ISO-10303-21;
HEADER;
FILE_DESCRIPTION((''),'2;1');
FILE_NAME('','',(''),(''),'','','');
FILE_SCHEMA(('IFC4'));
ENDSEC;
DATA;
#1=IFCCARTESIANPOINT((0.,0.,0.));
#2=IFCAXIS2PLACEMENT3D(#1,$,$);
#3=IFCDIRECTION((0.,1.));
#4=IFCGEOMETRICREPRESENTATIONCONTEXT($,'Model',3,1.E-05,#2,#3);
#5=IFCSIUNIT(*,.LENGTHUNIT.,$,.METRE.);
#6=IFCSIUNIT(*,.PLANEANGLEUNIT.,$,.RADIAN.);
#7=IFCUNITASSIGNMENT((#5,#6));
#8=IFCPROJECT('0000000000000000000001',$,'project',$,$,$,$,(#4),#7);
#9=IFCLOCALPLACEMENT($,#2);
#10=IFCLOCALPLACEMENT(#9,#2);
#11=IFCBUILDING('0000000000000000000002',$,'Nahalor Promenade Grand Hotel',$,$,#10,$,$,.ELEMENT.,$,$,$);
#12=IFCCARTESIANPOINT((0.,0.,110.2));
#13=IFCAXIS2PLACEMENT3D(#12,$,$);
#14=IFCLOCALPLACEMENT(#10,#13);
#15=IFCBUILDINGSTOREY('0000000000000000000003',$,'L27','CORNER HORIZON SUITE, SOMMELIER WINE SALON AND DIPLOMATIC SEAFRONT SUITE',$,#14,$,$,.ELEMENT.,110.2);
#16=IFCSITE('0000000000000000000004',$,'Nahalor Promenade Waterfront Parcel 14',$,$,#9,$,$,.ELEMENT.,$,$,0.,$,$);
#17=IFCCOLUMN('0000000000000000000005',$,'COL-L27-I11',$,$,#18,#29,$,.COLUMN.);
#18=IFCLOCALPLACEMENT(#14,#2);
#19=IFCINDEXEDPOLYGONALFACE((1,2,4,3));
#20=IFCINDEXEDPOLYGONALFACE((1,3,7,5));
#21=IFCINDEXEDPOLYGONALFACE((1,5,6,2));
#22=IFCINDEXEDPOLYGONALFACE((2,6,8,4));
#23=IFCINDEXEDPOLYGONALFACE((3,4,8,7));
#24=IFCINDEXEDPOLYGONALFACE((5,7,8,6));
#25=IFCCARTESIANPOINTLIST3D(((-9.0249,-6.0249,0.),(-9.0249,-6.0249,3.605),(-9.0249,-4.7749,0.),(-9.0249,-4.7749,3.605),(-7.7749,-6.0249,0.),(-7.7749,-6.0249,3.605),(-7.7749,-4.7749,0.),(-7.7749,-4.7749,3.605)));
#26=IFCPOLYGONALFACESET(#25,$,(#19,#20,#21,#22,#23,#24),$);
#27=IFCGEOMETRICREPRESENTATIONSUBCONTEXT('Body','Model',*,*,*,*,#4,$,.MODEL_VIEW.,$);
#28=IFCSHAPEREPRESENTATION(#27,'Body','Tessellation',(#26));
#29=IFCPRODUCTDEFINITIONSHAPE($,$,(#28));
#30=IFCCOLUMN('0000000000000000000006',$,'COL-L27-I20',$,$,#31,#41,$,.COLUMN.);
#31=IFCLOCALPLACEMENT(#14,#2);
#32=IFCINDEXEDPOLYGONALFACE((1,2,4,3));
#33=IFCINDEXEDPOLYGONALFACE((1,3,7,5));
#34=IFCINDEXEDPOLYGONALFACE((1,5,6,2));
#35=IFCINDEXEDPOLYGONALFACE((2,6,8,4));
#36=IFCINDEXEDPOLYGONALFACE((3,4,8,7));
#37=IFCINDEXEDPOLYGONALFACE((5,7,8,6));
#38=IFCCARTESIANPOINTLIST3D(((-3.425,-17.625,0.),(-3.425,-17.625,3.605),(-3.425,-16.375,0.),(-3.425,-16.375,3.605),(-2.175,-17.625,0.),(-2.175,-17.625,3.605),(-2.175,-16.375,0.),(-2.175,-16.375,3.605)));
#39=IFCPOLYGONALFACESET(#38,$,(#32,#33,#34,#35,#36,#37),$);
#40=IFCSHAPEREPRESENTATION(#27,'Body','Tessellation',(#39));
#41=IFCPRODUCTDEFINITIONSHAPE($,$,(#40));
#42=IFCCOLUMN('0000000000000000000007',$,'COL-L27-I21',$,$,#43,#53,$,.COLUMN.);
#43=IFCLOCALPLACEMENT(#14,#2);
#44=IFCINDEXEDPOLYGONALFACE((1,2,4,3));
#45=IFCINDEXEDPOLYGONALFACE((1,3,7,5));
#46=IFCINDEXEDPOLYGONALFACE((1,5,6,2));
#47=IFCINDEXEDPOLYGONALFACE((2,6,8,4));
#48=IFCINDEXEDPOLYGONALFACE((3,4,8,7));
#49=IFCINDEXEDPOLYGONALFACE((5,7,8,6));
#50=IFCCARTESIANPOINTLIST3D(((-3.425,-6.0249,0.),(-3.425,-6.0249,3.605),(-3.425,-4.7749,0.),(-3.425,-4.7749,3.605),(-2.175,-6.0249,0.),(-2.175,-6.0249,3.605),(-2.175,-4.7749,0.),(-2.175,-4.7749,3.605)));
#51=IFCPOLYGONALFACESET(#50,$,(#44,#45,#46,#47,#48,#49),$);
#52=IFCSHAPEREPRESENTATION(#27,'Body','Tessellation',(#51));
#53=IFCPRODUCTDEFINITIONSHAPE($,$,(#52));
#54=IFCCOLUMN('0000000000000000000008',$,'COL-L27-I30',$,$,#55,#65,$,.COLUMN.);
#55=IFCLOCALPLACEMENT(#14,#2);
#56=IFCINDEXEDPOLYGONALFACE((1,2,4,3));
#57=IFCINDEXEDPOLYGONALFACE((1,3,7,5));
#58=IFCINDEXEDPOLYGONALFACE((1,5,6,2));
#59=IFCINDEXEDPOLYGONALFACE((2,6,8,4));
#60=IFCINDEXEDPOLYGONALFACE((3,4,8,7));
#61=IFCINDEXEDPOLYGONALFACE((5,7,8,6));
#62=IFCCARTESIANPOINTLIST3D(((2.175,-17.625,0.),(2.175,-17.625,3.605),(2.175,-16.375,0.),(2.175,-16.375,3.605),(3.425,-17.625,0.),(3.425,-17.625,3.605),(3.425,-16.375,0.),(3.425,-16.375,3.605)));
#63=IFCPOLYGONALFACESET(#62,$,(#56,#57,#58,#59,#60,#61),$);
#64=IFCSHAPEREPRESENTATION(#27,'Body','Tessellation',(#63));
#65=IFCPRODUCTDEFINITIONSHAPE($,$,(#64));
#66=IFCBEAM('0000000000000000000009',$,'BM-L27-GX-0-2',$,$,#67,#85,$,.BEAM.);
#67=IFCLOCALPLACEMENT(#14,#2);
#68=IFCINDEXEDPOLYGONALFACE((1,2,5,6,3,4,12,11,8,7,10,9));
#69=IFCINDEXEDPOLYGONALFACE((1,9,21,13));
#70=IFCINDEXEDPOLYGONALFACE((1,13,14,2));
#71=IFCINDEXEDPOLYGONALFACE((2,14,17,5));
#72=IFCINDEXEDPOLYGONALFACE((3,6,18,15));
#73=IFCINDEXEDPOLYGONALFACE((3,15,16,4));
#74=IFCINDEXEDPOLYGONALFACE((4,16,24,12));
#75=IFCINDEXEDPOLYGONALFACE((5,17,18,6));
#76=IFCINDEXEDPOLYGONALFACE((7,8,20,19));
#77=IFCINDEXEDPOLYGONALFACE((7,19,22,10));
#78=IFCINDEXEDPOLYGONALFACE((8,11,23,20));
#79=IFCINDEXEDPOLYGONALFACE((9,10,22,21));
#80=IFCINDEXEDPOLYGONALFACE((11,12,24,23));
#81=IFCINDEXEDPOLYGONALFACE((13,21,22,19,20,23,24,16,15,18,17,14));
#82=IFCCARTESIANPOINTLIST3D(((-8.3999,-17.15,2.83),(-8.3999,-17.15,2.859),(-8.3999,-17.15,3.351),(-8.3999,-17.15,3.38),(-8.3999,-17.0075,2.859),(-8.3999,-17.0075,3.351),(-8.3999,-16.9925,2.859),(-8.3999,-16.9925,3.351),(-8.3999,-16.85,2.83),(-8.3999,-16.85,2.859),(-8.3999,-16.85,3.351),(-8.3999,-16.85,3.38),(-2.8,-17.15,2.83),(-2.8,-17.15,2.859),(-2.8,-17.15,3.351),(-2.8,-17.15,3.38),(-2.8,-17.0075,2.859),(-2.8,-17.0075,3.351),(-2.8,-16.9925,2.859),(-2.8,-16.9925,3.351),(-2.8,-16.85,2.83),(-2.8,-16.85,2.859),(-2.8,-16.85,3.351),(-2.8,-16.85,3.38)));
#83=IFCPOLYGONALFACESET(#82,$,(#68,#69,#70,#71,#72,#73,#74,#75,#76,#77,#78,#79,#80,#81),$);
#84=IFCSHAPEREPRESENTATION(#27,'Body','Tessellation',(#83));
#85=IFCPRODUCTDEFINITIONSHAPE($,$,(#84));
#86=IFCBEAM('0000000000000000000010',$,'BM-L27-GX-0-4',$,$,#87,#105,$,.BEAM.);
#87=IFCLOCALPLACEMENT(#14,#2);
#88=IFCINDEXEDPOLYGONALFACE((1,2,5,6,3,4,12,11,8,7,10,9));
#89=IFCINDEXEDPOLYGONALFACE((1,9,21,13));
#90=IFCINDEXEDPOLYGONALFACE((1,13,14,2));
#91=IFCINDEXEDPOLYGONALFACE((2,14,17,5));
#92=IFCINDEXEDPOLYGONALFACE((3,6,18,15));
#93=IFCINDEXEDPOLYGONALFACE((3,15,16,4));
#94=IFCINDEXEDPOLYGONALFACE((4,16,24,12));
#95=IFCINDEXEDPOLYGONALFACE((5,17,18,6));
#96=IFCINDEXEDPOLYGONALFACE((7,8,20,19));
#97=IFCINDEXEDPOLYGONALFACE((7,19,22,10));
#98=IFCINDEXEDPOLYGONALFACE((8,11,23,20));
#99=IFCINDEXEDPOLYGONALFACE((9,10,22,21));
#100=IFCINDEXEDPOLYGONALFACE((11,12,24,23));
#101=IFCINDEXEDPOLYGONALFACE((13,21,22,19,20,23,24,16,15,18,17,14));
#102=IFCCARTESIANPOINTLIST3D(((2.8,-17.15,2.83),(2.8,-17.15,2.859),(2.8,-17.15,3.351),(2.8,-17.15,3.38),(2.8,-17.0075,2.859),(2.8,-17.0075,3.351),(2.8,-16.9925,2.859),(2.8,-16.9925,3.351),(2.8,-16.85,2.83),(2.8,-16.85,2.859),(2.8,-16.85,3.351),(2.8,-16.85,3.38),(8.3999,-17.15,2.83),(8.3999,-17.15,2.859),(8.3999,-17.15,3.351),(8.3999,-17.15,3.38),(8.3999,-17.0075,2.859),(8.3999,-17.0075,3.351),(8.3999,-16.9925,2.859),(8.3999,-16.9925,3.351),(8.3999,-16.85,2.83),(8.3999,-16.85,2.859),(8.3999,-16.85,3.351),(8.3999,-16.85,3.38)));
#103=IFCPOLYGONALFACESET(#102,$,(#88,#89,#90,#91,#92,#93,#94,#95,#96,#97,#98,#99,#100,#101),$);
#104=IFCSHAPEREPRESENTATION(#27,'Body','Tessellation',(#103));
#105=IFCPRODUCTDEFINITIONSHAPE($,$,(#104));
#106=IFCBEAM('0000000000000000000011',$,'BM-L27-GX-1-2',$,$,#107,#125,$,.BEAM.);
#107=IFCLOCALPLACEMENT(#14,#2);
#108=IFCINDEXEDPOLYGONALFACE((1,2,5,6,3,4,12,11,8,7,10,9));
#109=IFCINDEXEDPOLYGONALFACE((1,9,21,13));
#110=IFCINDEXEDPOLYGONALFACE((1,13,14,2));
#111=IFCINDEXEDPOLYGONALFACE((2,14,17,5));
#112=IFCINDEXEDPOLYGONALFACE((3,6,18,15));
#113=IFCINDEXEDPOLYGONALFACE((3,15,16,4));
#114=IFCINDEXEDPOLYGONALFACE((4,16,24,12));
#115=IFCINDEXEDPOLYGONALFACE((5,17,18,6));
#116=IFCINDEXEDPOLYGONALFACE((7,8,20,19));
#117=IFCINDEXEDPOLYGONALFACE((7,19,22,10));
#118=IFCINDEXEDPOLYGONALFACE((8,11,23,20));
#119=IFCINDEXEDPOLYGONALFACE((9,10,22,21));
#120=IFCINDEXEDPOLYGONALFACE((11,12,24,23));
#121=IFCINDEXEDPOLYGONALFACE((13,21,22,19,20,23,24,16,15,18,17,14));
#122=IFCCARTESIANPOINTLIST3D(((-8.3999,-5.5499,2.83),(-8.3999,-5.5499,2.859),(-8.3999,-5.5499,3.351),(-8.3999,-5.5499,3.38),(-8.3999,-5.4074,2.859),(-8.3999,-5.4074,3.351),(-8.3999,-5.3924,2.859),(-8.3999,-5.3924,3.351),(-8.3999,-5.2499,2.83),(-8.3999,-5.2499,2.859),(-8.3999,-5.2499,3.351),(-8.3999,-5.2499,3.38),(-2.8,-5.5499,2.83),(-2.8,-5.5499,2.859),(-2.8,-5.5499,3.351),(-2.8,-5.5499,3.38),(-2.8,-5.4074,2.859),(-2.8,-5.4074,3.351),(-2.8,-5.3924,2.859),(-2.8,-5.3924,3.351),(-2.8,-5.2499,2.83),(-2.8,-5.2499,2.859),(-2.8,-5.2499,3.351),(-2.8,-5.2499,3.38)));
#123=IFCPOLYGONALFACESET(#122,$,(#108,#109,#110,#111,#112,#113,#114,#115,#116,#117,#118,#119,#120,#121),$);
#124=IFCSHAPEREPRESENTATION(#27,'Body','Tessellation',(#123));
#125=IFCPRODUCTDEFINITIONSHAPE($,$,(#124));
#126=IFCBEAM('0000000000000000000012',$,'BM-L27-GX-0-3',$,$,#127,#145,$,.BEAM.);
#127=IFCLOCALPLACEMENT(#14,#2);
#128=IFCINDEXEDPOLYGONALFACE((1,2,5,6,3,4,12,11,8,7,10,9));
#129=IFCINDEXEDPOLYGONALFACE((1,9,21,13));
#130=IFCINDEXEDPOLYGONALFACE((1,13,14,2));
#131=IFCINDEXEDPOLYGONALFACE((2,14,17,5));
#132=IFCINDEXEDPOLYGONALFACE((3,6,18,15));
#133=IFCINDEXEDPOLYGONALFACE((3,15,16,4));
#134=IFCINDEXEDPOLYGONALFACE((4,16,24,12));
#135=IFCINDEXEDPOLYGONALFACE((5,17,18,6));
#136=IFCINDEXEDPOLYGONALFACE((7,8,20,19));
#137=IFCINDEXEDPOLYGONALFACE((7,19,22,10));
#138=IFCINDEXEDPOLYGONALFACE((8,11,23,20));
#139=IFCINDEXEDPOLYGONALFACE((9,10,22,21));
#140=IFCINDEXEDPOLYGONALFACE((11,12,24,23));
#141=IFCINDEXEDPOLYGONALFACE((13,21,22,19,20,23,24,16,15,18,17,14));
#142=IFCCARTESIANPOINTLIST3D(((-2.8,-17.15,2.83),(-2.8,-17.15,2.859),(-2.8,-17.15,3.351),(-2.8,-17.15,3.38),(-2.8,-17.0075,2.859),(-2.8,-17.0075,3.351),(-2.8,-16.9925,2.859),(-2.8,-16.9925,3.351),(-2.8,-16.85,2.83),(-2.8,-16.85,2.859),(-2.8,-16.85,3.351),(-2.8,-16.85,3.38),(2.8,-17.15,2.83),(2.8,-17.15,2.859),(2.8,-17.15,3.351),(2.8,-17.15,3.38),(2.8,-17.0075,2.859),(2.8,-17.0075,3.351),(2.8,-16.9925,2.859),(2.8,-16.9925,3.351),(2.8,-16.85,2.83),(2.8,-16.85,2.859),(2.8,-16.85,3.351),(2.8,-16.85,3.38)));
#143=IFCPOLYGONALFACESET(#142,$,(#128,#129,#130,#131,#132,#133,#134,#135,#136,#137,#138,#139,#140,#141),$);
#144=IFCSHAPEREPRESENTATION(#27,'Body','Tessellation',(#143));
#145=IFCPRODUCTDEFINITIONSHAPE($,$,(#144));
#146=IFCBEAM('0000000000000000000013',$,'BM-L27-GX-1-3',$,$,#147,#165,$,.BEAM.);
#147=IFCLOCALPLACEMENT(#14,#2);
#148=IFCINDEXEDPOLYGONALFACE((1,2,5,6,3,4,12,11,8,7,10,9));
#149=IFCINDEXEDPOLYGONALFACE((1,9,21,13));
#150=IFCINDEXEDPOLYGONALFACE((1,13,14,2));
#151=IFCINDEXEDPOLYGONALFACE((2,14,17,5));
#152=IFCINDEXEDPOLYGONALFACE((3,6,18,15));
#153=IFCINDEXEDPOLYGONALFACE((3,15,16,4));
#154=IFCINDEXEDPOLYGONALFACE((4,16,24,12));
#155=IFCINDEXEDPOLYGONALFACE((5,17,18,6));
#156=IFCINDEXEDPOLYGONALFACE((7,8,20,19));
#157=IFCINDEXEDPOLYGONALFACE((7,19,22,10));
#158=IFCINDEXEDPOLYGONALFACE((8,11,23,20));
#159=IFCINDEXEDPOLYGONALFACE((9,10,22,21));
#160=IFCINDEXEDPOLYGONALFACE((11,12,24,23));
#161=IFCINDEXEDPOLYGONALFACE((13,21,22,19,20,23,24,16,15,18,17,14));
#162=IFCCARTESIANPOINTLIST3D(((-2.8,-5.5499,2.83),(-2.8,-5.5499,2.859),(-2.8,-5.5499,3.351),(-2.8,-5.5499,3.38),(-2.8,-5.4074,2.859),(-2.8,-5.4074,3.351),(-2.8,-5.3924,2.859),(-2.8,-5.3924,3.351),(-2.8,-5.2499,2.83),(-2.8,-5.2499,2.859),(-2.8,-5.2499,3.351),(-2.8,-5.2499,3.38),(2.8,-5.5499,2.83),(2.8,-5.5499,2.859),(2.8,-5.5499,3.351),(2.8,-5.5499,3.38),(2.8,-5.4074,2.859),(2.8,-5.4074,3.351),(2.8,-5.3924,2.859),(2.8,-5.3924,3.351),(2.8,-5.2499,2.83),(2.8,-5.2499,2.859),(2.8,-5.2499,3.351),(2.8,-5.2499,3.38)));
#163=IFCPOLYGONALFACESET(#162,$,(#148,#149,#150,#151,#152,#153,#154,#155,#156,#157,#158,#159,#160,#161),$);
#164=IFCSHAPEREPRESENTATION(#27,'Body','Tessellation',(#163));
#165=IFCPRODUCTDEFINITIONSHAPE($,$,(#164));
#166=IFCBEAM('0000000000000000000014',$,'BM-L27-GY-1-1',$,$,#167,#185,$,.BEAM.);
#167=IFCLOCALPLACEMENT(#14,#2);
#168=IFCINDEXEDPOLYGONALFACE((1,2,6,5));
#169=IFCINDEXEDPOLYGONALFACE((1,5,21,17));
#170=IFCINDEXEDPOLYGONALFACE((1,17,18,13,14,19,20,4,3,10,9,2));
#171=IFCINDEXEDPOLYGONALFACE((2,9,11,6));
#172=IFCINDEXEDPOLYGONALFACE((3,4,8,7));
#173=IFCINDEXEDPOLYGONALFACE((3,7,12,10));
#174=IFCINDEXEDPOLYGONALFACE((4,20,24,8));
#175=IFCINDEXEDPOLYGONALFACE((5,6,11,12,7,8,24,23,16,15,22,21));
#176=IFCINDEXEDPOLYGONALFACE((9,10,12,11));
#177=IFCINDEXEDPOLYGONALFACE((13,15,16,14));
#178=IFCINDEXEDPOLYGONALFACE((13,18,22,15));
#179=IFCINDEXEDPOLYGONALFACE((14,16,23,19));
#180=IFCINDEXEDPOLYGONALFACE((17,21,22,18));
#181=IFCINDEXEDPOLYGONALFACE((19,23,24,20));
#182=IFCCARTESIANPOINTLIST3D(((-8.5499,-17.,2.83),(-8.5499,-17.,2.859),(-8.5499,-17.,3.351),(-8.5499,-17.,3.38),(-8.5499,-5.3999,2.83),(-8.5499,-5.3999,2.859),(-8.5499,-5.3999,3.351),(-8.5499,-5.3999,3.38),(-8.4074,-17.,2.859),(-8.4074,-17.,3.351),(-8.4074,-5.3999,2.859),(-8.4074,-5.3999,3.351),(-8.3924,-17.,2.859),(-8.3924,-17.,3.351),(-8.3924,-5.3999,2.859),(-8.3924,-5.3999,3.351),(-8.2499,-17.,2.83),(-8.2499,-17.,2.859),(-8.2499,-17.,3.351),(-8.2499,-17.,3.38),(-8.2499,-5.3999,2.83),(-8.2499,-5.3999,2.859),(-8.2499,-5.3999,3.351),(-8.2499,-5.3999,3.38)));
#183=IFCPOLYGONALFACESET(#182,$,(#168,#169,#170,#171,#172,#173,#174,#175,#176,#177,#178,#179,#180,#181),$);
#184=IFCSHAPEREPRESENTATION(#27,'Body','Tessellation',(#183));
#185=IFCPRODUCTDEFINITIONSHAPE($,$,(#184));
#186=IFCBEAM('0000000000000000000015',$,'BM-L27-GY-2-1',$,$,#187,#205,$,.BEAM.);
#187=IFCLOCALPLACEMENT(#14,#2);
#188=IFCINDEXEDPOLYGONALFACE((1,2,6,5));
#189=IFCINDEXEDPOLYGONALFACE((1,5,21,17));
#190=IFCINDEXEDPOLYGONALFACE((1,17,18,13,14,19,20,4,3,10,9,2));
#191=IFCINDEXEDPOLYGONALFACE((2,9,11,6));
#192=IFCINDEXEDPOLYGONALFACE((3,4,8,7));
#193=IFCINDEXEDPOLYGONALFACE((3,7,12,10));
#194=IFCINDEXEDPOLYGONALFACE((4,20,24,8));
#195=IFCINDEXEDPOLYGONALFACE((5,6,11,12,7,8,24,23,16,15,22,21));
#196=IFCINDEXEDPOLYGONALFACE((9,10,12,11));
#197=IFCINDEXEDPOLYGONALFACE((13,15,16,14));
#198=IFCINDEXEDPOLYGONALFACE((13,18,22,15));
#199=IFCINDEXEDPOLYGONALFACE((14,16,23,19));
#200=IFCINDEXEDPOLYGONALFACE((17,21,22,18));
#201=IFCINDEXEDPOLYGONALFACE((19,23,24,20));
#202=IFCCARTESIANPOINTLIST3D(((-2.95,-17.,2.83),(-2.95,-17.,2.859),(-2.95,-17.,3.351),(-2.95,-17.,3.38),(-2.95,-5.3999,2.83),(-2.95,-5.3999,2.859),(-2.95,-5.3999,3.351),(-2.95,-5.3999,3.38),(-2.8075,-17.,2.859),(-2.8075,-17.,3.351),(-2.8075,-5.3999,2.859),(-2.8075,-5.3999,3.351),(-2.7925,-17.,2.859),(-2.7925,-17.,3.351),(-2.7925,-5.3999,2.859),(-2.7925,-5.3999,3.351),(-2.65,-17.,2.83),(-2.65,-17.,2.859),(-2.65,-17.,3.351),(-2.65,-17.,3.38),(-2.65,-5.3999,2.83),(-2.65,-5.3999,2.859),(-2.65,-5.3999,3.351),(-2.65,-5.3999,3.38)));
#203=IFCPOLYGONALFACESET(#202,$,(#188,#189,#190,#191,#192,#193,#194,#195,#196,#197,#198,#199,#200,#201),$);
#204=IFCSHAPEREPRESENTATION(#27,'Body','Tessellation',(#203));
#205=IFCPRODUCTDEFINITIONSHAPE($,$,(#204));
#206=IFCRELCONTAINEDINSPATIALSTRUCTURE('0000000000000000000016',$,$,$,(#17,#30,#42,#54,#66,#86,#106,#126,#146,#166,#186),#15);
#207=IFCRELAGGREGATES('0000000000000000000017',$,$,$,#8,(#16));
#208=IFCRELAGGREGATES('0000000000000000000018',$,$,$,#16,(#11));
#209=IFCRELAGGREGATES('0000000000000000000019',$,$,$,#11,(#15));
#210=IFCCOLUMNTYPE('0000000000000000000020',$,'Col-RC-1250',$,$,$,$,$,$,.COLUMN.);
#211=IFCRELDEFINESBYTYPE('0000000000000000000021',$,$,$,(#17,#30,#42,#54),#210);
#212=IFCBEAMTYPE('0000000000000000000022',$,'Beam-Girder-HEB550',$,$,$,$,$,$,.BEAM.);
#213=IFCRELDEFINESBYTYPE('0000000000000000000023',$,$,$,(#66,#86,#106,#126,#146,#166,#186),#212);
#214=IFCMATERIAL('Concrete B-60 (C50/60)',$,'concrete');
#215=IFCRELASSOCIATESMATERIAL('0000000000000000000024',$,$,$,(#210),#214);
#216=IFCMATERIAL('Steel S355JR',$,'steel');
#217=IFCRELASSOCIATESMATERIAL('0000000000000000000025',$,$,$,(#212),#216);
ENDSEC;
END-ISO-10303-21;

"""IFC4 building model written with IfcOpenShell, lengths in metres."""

from ifc_helpers import new_model, si_unit, direction, frame, origin, origin_2d, place, context, subcontext, project, spatial, rectangle, i_section, extrude, source, transform, mapped, material, material_profile, profile_set, type_object, element, save


model = new_model("IFC4")

# Units and contexts
model_context = context("Model", 3, precision=1e-05, world=origin(), true_north=direction((0.0, 1.0)))
body_context = subcontext(model_context, "Body", "Model", "MODEL_VIEW")
ifc_project = project(units=[si_unit("LENGTHUNIT", "METRE"), si_unit("PLANEANGLEUNIT", "RADIAN")], contexts=[model_context])

# Site, building, storey
site_placement = place(None, origin())
site = spatial("IfcSite", under=ifc_project, at=site_placement, Name="Nahalor Promenade Waterfront Parcel 14", CompositionType="ELEMENT", RefElevation=0.0)
building_placement = place(site_placement, origin())
building = spatial("IfcBuilding", under=site, at=building_placement, Name="Nahalor Promenade Grand Hotel", CompositionType="ELEMENT")
storey_placement = place(building_placement, frame((0.0, 0.0, 110.2)))
storey = spatial("IfcBuildingStorey", under=building, at=storey_placement, Name="L27", Description="CORNER HORIZON SUITE, SOMMELIER WINE SALON AND DIPLOMATIC SEAFRONT SUITE", CompositionType="ELEMENT", Elevation=110.2)

# Columns
ifc_material_1 = material(Name="Concrete B-60 (C50/60)", Category="concrete")
ifc_material_profile_1 = material_profile(ifc_material_1, rectangle(XDim=1.25, YDim=1.25, at=origin_2d()), Name="RC 1250x1250")
ifc_profile_set_1 = profile_set([ifc_material_profile_1], Name="Concrete B-60 (C50/60)")
column_type = type_object("IfcColumnType", Name="Col-RC-1250", PredefinedType="COLUMN", material=ifc_profile_set_1)
shared_shape_1 = source(origin(), body_context, "Body", "SweptSolid", [
    extrude(rectangle(XDim=1.25, YDim=1.25, at=origin_2d()), origin(), (0.0, 0.0, 1.0), 3.605),
])
for number, where, z_axis, x_axis, name in (
    (1, (-8.3999, -5.3999, 0.0), (0.0, 0.0, 1.0), (1.0, 0.0, 0.0), "COL-L27-I11"),
    (2, (-2.8, -17.0, 0.0), (0.0, 0.0, 1.0), (1.0, 0.0, 0.0), "COL-L27-I20"),
    (3, (-2.8, -5.3999, 0.0), (0.0, 0.0, 1.0), (1.0, 0.0, 0.0), "COL-L27-I21"),
    (4, (2.8, -17.0, 0.0), (0.0, 0.0, 1.0), (1.0, 0.0, 0.0), "COL-L27-I30"),
):
    element("IfcColumn", number, at=place(storey_placement, frame(where, z_axis=z_axis, x_axis=x_axis)), inside=storey, type_object=column_type, Name=name, PredefinedType="COLUMN", context=body_context, shape_type="MappedRepresentation", body=[
        mapped(shared_shape_1, transform((0.0, 0.0, 0.0), scale=1.0)),
    ])

# Beams
ifc_material_2 = material(Name="Steel S355JR", Category="steel")
ifc_material_profile_2 = material_profile(ifc_material_2, i_section(OverallWidth=0.3, OverallDepth=0.55, WebThickness=0.015, FlangeThickness=0.029, at=origin_2d()), Name="HEB 550")
ifc_profile_set_2 = profile_set([ifc_material_profile_2], Name="Steel S355JR")
beam_type_1 = type_object("IfcBeamType", Name="Beam-Girder-HEB550", PredefinedType="BEAM", material=ifc_profile_set_2)
shared_shape_2 = source(origin(), body_context, "Body", "SweptSolid", [
    extrude(i_section(OverallWidth=0.3, OverallDepth=0.55, WebThickness=0.015, FlangeThickness=0.029, at=origin_2d()), origin(), (0.0, 0.0, 1.0), 5.5999),
])
for number, where, z_axis, x_axis, name in (
    (5, (-8.3999, -17.0, 3.105), (1.0, 0.0, 0.0), (0.0, 1.0, 0.0), "BM-L27-GX-0-2"),
    (6, (2.8, -17.0, 3.105), (1.0, 0.0, 0.0), (0.0, 1.0, 0.0), "BM-L27-GX-0-4"),
    (7, (-8.3999, -5.3999, 3.105), (1.0, 0.0, 0.0), (0.0, 1.0, 0.0), "BM-L27-GX-1-2"),
):
    element("IfcBeam", number, at=place(storey_placement, frame(where, z_axis=z_axis, x_axis=x_axis)), inside=storey, type_object=beam_type_1, Name=name, PredefinedType="BEAM", context=body_context, shape_type="MappedRepresentation", body=[
        mapped(shared_shape_2, transform((0.0, 0.0, 0.0), scale=1.0)),
    ])
shared_shape_3 = source(origin(), body_context, "Body", "SweptSolid", [
    extrude(i_section(OverallWidth=0.3, OverallDepth=0.55, WebThickness=0.015, FlangeThickness=0.029, at=origin_2d()), origin(), (0.0, 0.0, 1.0), 5.6001),
])
for number, where, z_axis, x_axis, name in (
    (8, (-2.8, -17.0, 3.105), (1.0, 0.0, 0.0), (0.0, 1.0, 0.0), "BM-L27-GX-0-3"),
    (9, (-2.8, -5.3999, 3.105), (1.0, 0.0, 0.0), (0.0, 1.0, 0.0), "BM-L27-GX-1-3"),
):
    element("IfcBeam", number, at=place(storey_placement, frame(where, z_axis=z_axis, x_axis=x_axis)), inside=storey, type_object=beam_type_1, Name=name, PredefinedType="BEAM", context=body_context, shape_type="MappedRepresentation", body=[
        mapped(shared_shape_3, transform((0.0, 0.0, 0.0), scale=1.0)),
    ])
shared_shape_4 = source(origin(), body_context, "Body", "SweptSolid", [
    extrude(i_section(OverallWidth=0.3, OverallDepth=0.55, WebThickness=0.015, FlangeThickness=0.029, at=origin_2d()), origin(), (0.0, 0.0, 1.0), 11.6001),
])
for number, where, z_axis, x_axis, name in (
    (10, (-8.3999, -17.0, 3.105), (0.0, 1.0, 0.0), (-1.0, 0.0, 0.0), "BM-L27-GY-1-1"),
    (11, (-2.8, -17.0, 3.105), (0.0, 1.0, 0.0), (-1.0, 0.0, 0.0), "BM-L27-GY-2-1"),
):
    element("IfcBeam", number, at=place(storey_placement, frame(where, z_axis=z_axis, x_axis=x_axis)), inside=storey, type_object=beam_type_1, Name=name, PredefinedType="BEAM", context=body_context, shape_type="MappedRepresentation", body=[
        mapped(shared_shape_4, transform((0.0, 0.0, 0.0), scale=1.0)),
    ])

save(model, "model.ifc")
